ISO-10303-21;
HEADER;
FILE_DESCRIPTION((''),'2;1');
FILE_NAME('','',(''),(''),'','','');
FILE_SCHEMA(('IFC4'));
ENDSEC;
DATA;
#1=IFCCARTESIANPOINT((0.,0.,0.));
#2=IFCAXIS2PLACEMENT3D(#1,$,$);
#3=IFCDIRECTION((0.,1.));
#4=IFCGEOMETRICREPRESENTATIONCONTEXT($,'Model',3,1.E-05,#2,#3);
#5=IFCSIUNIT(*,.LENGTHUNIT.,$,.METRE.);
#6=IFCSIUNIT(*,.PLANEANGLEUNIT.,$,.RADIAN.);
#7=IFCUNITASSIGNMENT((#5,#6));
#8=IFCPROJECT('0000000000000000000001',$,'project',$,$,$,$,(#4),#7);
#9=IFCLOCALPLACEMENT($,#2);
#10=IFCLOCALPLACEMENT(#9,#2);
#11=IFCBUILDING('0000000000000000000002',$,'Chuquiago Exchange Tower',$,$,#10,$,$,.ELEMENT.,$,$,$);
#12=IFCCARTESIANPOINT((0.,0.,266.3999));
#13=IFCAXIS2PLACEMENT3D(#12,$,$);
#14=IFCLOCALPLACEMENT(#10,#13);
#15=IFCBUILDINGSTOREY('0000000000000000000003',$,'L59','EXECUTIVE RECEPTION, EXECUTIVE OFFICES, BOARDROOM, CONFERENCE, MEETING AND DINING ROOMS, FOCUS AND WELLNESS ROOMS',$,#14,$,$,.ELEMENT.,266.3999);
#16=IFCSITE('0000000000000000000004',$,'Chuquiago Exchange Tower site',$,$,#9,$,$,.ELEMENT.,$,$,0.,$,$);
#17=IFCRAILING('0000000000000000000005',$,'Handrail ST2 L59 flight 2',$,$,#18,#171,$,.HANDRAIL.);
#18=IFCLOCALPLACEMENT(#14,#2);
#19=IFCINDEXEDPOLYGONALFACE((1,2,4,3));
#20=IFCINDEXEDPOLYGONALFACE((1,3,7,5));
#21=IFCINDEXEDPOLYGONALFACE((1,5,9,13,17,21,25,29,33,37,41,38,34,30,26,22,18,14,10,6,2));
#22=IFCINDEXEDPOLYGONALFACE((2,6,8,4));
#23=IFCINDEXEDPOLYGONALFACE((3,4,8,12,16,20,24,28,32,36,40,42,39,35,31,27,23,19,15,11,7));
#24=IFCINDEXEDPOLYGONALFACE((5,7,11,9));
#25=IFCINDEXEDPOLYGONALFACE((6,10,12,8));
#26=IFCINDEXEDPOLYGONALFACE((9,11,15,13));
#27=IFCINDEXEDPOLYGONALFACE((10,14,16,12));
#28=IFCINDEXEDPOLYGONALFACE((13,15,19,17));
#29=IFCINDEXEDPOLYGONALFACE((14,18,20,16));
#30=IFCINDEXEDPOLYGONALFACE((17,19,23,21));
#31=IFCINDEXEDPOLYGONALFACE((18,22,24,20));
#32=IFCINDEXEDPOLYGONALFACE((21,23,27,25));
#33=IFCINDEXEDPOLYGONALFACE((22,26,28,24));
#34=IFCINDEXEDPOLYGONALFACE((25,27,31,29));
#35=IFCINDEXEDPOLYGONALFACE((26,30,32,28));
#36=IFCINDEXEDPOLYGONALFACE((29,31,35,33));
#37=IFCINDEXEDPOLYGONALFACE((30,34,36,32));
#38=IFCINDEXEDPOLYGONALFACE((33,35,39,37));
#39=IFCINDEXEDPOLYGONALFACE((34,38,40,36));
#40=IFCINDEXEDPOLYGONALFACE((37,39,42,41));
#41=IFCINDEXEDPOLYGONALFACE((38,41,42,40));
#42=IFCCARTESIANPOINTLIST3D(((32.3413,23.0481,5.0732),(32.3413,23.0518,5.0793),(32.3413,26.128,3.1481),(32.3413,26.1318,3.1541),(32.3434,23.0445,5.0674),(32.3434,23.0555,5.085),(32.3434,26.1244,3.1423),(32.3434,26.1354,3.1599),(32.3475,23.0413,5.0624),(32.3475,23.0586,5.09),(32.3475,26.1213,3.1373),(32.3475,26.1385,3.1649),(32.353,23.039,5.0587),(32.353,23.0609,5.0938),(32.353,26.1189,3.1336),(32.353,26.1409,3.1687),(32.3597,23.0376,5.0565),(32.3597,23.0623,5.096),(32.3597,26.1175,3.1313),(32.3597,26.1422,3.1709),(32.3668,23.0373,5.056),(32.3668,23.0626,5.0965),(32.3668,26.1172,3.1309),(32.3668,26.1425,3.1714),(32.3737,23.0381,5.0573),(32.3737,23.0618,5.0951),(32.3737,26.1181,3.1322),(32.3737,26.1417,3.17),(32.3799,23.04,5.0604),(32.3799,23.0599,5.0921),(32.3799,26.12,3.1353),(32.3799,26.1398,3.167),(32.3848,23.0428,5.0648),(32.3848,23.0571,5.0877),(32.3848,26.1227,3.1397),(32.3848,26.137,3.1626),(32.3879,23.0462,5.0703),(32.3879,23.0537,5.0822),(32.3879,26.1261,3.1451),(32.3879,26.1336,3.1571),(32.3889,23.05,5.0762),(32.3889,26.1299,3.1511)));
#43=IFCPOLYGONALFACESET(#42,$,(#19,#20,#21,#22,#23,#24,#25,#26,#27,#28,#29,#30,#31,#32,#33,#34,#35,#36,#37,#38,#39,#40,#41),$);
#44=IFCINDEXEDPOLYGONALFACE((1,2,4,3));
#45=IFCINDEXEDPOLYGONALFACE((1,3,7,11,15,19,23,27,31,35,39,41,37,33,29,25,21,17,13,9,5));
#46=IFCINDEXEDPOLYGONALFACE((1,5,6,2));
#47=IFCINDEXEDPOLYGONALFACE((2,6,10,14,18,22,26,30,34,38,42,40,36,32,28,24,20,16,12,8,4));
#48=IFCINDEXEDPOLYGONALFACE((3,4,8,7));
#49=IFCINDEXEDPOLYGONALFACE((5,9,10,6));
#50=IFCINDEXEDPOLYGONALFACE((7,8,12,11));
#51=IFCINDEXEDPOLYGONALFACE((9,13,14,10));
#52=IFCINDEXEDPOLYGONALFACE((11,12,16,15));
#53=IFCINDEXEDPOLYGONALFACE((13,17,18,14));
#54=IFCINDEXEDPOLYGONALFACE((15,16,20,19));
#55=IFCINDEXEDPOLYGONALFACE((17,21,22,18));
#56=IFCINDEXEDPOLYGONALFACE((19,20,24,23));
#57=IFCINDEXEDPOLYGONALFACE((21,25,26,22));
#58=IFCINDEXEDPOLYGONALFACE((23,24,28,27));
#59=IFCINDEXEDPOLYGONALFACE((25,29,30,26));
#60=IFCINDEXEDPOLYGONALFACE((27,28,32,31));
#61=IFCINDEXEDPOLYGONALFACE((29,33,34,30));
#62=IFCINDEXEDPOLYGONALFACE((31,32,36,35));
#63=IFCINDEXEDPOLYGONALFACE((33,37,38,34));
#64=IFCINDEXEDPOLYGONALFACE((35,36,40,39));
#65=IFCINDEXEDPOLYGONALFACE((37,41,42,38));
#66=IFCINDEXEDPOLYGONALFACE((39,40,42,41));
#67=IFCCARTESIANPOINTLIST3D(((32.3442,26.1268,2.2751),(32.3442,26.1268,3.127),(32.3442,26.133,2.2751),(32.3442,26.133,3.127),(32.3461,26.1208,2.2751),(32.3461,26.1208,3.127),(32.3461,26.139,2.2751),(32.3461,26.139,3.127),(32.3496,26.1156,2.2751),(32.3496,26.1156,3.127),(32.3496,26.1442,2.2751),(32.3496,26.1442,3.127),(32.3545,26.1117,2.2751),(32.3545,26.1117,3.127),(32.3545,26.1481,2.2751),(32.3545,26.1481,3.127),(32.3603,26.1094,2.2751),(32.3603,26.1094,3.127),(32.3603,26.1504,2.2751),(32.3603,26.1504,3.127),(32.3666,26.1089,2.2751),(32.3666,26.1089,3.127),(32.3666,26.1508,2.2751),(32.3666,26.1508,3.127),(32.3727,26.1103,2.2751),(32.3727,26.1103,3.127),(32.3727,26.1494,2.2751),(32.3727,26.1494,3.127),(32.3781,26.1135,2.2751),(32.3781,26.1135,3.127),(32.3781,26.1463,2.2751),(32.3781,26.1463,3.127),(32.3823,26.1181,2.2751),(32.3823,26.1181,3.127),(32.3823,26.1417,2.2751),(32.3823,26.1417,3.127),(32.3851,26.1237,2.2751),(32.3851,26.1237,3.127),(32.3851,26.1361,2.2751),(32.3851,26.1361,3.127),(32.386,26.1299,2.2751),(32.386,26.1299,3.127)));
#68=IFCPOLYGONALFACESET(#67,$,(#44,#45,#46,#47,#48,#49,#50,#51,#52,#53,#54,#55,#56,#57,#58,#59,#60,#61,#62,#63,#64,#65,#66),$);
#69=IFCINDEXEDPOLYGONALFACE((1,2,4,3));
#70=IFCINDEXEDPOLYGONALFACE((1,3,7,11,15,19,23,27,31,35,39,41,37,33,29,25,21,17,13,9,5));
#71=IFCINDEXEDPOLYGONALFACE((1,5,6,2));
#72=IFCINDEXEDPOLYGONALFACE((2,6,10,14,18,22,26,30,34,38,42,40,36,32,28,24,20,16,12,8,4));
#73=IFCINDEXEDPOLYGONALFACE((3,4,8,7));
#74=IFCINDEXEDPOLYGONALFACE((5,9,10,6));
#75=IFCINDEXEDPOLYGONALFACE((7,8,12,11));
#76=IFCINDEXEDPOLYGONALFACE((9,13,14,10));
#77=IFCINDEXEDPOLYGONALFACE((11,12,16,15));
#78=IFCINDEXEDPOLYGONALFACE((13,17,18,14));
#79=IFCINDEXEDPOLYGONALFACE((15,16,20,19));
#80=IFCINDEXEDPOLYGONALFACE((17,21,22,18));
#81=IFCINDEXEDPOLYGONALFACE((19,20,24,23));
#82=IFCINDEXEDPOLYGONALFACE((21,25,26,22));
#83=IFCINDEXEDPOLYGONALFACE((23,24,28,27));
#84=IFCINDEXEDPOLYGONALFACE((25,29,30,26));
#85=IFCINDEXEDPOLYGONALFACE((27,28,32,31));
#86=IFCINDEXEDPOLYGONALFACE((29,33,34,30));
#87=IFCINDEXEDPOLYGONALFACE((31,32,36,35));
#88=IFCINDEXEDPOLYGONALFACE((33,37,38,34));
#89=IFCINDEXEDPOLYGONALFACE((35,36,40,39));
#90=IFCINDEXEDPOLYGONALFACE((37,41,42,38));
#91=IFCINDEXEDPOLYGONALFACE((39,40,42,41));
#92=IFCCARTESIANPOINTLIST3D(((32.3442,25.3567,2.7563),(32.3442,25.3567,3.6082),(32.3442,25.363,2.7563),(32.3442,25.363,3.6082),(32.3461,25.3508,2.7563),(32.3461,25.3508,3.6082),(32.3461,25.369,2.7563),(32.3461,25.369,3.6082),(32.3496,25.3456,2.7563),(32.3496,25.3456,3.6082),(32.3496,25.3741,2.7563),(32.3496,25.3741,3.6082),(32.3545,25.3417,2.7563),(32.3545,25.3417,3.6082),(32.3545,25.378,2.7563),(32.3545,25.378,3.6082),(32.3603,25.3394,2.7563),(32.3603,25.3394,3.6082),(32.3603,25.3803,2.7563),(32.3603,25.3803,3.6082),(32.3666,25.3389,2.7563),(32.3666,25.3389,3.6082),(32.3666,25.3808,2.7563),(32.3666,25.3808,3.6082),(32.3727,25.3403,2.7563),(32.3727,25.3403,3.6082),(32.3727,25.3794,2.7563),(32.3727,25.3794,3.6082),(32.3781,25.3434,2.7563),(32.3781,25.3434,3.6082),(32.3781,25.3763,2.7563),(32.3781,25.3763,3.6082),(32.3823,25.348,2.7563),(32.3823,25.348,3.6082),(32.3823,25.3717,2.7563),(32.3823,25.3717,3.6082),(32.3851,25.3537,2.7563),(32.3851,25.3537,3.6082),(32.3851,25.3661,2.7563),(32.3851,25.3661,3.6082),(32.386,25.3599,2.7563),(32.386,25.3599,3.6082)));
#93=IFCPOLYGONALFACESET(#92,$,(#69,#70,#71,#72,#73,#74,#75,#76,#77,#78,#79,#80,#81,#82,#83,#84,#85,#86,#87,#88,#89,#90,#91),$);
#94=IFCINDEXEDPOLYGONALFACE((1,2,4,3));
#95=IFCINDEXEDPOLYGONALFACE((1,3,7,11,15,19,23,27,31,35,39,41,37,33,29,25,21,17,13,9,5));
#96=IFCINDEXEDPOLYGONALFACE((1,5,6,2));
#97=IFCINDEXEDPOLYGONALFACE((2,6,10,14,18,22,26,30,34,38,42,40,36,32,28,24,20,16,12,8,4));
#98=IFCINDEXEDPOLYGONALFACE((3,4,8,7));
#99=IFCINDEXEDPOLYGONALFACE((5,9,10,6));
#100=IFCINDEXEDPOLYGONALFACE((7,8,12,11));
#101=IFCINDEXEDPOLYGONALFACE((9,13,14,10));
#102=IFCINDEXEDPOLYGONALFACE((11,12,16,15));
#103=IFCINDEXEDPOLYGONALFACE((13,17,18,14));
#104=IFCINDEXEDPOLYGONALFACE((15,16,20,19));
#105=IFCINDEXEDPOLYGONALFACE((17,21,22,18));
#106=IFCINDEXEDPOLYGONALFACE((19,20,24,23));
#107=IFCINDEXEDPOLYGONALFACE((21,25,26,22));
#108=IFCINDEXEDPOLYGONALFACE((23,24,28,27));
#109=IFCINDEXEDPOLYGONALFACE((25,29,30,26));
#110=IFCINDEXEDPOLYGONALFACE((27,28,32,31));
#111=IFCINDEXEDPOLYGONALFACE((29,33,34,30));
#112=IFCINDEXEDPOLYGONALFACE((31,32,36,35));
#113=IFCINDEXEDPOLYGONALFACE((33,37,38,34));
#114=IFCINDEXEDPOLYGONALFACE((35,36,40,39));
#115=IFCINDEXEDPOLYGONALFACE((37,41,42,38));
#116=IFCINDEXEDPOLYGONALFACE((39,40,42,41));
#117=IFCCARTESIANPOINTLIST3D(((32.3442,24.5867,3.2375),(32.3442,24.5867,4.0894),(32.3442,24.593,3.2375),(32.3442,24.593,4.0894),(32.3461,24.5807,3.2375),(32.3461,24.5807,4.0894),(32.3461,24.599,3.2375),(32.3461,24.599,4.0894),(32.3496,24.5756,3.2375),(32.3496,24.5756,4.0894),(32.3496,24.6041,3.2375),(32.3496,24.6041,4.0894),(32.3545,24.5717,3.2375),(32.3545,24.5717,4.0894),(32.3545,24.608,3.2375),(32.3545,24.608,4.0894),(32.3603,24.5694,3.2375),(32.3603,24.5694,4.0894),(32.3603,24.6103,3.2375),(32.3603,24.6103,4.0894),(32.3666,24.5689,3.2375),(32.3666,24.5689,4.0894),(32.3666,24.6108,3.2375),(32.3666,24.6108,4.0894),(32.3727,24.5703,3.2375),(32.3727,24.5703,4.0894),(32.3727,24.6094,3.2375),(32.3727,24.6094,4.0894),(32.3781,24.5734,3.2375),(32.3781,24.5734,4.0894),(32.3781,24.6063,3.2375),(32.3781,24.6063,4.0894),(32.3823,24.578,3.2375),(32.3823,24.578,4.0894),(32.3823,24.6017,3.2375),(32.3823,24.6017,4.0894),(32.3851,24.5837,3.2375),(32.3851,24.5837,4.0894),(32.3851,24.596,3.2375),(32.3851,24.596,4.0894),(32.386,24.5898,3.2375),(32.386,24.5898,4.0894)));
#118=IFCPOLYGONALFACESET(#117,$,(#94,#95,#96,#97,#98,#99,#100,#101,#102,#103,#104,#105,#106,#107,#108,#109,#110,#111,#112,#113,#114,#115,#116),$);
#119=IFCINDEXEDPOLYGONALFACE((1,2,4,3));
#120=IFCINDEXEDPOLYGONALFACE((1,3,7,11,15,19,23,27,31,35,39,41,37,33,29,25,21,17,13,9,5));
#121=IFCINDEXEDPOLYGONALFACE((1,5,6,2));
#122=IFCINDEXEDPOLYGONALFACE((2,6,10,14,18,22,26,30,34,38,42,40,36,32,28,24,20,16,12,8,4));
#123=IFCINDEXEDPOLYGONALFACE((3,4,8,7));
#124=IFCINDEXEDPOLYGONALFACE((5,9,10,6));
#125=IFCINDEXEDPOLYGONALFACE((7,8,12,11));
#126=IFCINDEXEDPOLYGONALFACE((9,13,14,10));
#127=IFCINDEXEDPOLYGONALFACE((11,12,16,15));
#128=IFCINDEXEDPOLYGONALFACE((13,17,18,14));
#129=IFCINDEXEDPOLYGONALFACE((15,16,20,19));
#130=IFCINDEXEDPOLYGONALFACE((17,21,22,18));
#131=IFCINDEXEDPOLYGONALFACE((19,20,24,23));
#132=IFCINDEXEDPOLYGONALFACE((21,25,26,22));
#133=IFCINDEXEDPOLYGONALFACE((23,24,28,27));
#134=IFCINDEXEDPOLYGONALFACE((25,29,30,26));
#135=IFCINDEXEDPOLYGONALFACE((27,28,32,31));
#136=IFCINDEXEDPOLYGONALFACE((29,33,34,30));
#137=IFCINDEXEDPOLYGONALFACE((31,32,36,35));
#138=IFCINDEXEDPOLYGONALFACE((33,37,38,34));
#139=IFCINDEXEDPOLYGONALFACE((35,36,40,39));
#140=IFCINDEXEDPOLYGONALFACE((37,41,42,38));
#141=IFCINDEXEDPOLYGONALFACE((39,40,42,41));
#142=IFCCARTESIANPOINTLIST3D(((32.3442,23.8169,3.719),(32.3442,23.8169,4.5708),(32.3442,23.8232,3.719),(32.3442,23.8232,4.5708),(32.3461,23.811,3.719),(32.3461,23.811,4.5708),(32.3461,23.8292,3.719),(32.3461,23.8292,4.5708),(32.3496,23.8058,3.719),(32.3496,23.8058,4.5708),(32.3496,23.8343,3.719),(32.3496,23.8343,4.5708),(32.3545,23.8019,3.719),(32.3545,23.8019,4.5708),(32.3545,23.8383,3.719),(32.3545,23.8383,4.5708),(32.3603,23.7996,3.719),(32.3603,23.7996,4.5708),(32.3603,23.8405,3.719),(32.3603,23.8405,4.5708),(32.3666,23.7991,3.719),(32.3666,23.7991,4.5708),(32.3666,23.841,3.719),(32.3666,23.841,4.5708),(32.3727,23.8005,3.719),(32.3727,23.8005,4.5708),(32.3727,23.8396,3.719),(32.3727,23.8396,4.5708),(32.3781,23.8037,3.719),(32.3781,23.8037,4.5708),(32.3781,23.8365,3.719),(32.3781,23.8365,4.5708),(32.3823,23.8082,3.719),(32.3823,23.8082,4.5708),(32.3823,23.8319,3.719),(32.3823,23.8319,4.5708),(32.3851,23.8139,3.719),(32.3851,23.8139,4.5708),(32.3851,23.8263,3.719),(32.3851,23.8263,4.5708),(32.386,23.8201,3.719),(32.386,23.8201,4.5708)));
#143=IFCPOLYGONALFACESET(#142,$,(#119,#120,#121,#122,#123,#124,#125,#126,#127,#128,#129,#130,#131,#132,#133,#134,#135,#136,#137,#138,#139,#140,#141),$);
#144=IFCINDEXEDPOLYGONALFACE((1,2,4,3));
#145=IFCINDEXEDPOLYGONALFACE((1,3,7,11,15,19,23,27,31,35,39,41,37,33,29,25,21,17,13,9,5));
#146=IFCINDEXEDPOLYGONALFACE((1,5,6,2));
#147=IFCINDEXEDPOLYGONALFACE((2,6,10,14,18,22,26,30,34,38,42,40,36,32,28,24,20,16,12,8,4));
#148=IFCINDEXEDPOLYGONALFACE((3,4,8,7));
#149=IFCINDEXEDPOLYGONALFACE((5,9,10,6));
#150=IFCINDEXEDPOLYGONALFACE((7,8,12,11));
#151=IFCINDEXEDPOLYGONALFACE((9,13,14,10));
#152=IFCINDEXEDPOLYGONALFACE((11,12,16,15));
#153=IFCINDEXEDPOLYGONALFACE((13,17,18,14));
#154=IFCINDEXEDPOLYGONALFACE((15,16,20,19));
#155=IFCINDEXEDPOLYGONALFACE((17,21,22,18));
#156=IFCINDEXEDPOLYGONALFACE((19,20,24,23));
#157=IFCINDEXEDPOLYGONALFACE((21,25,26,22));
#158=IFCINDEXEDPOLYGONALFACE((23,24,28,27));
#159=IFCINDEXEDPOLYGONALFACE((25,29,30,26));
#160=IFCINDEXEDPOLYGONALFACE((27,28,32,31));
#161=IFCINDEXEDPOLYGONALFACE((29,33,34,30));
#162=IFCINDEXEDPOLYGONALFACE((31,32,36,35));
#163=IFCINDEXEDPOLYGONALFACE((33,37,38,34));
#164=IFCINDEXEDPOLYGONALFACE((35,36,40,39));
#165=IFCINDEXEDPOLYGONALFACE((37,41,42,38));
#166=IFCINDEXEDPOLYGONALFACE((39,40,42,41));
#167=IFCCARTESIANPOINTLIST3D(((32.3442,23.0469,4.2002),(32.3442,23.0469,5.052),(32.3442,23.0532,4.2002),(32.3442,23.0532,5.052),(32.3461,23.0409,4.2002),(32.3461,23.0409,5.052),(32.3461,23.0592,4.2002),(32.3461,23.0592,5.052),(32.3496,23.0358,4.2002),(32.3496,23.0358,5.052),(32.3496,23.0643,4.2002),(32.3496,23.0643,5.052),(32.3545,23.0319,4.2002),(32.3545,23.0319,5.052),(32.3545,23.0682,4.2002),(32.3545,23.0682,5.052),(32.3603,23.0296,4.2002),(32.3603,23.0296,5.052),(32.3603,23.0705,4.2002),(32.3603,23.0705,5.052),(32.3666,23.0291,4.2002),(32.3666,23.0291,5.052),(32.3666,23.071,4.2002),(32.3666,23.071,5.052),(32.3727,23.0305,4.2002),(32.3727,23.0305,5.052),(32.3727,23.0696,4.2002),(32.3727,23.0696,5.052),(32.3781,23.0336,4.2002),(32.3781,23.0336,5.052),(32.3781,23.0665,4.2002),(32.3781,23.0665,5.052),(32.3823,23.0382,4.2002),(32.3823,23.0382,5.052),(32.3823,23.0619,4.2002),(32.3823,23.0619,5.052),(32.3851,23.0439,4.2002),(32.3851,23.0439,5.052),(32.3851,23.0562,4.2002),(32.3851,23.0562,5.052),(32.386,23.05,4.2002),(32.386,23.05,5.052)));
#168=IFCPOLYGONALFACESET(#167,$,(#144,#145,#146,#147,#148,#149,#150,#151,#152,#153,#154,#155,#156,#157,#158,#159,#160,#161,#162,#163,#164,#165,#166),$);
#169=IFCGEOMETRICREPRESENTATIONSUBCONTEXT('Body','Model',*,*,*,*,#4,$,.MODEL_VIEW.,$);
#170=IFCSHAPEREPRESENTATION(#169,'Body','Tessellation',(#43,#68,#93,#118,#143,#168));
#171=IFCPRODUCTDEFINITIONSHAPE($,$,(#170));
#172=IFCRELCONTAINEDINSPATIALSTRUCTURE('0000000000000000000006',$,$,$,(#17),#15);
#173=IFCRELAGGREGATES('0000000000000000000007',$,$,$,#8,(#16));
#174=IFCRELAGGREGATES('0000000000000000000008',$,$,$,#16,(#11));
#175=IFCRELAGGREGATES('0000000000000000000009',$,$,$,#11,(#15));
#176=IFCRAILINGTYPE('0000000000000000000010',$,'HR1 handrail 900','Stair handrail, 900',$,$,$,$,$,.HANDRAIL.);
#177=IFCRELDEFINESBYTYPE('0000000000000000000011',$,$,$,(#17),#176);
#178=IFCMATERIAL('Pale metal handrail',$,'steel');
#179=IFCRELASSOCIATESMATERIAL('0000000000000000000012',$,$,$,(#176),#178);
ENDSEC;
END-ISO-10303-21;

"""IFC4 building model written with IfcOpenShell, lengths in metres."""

from ifc_helpers import new_model, si_unit, direction, frame, origin, origin_2d, place, context, subcontext, project, spatial, circle, extrude, material, type_object, element, save


model = new_model("IFC4")

# Units and contexts
model_context = context("Model", 3, precision=1e-05, world=origin(), true_north=direction((0.0, 1.0)))
body_context = subcontext(model_context, "Body", "Model", "MODEL_VIEW")
ifc_project = project(units=[si_unit("LENGTHUNIT", "METRE"), si_unit("PLANEANGLEUNIT", "RADIAN")], contexts=[model_context])

# Site, building, storey
site_placement = place(None, origin())
site = spatial("IfcSite", under=ifc_project, at=site_placement, Name="Chuquiago Exchange Tower site", CompositionType="ELEMENT", RefElevation=0.0)
building_placement = place(site_placement, origin())
building = spatial("IfcBuilding", under=site, at=building_placement, Name="Chuquiago Exchange Tower", CompositionType="ELEMENT")
storey_placement = place(building_placement, frame((0.0, 0.0, 266.3999)))
storey = spatial("IfcBuildingStorey", under=building, at=storey_placement, Name="L59", Description="EXECUTIVE RECEPTION, EXECUTIVE OFFICES, BOARDROOM, CONFERENCE, MEETING AND DINING ROOMS, FOCUS AND WELLNESS ROOMS", CompositionType="ELEMENT", Elevation=266.3999)

# Railing
ifc_material_1 = material(Name="Pale metal handrail", Category="steel")
railing_type_1 = type_object("IfcRailingType", Name="HR1 handrail 900", Description="Stair handrail, 900", PredefinedType="HANDRAIL", material=ifc_material_1)
for number, where, name in (
    (1, (32.365, 26.1299, 2.2751), "Handrail ST2 L59 flight 2"),
):
    element("IfcRailing", number, at=place(storey_placement, frame(where)), inside=storey, type_object=railing_type_1, Name=name, PredefinedType="HANDRAIL", context=body_context, shape_type="SweptSolid", body=[
        extrude(circle(Radius=0.0239, at=origin_2d()), frame((0.0, 0.0, 0.876), z_axis=(0.0, -0.847979, 0.530029), x_axis=(1.0, 0.0, 0.0)), (0.0, 0.0, 1.0), 3.6321),
        extrude(circle(Radius=0.021, at=origin_2d()), origin(), (0.0, 0.0, 1.0), 0.8518),
        extrude(circle(Radius=0.021, at=origin_2d()), frame((0.0, -0.77, 0.4812)), (0.0, 0.0, 1.0), 0.8518),
        extrude(circle(Radius=0.021, at=origin_2d()), frame((0.0, -1.54, 0.9624)), (0.0, 0.0, 1.0), 0.8518),
        extrude(circle(Radius=0.021, at=origin_2d()), frame((0.0, -2.3098, 1.4438)), (0.0, 0.0, 1.0), 0.8518),
        extrude(circle(Radius=0.021, at=origin_2d()), frame((0.0, -3.0798, 1.925)), (0.0, 0.0, 1.0), 0.8518),
    ])

save(model, "model.ifc")
